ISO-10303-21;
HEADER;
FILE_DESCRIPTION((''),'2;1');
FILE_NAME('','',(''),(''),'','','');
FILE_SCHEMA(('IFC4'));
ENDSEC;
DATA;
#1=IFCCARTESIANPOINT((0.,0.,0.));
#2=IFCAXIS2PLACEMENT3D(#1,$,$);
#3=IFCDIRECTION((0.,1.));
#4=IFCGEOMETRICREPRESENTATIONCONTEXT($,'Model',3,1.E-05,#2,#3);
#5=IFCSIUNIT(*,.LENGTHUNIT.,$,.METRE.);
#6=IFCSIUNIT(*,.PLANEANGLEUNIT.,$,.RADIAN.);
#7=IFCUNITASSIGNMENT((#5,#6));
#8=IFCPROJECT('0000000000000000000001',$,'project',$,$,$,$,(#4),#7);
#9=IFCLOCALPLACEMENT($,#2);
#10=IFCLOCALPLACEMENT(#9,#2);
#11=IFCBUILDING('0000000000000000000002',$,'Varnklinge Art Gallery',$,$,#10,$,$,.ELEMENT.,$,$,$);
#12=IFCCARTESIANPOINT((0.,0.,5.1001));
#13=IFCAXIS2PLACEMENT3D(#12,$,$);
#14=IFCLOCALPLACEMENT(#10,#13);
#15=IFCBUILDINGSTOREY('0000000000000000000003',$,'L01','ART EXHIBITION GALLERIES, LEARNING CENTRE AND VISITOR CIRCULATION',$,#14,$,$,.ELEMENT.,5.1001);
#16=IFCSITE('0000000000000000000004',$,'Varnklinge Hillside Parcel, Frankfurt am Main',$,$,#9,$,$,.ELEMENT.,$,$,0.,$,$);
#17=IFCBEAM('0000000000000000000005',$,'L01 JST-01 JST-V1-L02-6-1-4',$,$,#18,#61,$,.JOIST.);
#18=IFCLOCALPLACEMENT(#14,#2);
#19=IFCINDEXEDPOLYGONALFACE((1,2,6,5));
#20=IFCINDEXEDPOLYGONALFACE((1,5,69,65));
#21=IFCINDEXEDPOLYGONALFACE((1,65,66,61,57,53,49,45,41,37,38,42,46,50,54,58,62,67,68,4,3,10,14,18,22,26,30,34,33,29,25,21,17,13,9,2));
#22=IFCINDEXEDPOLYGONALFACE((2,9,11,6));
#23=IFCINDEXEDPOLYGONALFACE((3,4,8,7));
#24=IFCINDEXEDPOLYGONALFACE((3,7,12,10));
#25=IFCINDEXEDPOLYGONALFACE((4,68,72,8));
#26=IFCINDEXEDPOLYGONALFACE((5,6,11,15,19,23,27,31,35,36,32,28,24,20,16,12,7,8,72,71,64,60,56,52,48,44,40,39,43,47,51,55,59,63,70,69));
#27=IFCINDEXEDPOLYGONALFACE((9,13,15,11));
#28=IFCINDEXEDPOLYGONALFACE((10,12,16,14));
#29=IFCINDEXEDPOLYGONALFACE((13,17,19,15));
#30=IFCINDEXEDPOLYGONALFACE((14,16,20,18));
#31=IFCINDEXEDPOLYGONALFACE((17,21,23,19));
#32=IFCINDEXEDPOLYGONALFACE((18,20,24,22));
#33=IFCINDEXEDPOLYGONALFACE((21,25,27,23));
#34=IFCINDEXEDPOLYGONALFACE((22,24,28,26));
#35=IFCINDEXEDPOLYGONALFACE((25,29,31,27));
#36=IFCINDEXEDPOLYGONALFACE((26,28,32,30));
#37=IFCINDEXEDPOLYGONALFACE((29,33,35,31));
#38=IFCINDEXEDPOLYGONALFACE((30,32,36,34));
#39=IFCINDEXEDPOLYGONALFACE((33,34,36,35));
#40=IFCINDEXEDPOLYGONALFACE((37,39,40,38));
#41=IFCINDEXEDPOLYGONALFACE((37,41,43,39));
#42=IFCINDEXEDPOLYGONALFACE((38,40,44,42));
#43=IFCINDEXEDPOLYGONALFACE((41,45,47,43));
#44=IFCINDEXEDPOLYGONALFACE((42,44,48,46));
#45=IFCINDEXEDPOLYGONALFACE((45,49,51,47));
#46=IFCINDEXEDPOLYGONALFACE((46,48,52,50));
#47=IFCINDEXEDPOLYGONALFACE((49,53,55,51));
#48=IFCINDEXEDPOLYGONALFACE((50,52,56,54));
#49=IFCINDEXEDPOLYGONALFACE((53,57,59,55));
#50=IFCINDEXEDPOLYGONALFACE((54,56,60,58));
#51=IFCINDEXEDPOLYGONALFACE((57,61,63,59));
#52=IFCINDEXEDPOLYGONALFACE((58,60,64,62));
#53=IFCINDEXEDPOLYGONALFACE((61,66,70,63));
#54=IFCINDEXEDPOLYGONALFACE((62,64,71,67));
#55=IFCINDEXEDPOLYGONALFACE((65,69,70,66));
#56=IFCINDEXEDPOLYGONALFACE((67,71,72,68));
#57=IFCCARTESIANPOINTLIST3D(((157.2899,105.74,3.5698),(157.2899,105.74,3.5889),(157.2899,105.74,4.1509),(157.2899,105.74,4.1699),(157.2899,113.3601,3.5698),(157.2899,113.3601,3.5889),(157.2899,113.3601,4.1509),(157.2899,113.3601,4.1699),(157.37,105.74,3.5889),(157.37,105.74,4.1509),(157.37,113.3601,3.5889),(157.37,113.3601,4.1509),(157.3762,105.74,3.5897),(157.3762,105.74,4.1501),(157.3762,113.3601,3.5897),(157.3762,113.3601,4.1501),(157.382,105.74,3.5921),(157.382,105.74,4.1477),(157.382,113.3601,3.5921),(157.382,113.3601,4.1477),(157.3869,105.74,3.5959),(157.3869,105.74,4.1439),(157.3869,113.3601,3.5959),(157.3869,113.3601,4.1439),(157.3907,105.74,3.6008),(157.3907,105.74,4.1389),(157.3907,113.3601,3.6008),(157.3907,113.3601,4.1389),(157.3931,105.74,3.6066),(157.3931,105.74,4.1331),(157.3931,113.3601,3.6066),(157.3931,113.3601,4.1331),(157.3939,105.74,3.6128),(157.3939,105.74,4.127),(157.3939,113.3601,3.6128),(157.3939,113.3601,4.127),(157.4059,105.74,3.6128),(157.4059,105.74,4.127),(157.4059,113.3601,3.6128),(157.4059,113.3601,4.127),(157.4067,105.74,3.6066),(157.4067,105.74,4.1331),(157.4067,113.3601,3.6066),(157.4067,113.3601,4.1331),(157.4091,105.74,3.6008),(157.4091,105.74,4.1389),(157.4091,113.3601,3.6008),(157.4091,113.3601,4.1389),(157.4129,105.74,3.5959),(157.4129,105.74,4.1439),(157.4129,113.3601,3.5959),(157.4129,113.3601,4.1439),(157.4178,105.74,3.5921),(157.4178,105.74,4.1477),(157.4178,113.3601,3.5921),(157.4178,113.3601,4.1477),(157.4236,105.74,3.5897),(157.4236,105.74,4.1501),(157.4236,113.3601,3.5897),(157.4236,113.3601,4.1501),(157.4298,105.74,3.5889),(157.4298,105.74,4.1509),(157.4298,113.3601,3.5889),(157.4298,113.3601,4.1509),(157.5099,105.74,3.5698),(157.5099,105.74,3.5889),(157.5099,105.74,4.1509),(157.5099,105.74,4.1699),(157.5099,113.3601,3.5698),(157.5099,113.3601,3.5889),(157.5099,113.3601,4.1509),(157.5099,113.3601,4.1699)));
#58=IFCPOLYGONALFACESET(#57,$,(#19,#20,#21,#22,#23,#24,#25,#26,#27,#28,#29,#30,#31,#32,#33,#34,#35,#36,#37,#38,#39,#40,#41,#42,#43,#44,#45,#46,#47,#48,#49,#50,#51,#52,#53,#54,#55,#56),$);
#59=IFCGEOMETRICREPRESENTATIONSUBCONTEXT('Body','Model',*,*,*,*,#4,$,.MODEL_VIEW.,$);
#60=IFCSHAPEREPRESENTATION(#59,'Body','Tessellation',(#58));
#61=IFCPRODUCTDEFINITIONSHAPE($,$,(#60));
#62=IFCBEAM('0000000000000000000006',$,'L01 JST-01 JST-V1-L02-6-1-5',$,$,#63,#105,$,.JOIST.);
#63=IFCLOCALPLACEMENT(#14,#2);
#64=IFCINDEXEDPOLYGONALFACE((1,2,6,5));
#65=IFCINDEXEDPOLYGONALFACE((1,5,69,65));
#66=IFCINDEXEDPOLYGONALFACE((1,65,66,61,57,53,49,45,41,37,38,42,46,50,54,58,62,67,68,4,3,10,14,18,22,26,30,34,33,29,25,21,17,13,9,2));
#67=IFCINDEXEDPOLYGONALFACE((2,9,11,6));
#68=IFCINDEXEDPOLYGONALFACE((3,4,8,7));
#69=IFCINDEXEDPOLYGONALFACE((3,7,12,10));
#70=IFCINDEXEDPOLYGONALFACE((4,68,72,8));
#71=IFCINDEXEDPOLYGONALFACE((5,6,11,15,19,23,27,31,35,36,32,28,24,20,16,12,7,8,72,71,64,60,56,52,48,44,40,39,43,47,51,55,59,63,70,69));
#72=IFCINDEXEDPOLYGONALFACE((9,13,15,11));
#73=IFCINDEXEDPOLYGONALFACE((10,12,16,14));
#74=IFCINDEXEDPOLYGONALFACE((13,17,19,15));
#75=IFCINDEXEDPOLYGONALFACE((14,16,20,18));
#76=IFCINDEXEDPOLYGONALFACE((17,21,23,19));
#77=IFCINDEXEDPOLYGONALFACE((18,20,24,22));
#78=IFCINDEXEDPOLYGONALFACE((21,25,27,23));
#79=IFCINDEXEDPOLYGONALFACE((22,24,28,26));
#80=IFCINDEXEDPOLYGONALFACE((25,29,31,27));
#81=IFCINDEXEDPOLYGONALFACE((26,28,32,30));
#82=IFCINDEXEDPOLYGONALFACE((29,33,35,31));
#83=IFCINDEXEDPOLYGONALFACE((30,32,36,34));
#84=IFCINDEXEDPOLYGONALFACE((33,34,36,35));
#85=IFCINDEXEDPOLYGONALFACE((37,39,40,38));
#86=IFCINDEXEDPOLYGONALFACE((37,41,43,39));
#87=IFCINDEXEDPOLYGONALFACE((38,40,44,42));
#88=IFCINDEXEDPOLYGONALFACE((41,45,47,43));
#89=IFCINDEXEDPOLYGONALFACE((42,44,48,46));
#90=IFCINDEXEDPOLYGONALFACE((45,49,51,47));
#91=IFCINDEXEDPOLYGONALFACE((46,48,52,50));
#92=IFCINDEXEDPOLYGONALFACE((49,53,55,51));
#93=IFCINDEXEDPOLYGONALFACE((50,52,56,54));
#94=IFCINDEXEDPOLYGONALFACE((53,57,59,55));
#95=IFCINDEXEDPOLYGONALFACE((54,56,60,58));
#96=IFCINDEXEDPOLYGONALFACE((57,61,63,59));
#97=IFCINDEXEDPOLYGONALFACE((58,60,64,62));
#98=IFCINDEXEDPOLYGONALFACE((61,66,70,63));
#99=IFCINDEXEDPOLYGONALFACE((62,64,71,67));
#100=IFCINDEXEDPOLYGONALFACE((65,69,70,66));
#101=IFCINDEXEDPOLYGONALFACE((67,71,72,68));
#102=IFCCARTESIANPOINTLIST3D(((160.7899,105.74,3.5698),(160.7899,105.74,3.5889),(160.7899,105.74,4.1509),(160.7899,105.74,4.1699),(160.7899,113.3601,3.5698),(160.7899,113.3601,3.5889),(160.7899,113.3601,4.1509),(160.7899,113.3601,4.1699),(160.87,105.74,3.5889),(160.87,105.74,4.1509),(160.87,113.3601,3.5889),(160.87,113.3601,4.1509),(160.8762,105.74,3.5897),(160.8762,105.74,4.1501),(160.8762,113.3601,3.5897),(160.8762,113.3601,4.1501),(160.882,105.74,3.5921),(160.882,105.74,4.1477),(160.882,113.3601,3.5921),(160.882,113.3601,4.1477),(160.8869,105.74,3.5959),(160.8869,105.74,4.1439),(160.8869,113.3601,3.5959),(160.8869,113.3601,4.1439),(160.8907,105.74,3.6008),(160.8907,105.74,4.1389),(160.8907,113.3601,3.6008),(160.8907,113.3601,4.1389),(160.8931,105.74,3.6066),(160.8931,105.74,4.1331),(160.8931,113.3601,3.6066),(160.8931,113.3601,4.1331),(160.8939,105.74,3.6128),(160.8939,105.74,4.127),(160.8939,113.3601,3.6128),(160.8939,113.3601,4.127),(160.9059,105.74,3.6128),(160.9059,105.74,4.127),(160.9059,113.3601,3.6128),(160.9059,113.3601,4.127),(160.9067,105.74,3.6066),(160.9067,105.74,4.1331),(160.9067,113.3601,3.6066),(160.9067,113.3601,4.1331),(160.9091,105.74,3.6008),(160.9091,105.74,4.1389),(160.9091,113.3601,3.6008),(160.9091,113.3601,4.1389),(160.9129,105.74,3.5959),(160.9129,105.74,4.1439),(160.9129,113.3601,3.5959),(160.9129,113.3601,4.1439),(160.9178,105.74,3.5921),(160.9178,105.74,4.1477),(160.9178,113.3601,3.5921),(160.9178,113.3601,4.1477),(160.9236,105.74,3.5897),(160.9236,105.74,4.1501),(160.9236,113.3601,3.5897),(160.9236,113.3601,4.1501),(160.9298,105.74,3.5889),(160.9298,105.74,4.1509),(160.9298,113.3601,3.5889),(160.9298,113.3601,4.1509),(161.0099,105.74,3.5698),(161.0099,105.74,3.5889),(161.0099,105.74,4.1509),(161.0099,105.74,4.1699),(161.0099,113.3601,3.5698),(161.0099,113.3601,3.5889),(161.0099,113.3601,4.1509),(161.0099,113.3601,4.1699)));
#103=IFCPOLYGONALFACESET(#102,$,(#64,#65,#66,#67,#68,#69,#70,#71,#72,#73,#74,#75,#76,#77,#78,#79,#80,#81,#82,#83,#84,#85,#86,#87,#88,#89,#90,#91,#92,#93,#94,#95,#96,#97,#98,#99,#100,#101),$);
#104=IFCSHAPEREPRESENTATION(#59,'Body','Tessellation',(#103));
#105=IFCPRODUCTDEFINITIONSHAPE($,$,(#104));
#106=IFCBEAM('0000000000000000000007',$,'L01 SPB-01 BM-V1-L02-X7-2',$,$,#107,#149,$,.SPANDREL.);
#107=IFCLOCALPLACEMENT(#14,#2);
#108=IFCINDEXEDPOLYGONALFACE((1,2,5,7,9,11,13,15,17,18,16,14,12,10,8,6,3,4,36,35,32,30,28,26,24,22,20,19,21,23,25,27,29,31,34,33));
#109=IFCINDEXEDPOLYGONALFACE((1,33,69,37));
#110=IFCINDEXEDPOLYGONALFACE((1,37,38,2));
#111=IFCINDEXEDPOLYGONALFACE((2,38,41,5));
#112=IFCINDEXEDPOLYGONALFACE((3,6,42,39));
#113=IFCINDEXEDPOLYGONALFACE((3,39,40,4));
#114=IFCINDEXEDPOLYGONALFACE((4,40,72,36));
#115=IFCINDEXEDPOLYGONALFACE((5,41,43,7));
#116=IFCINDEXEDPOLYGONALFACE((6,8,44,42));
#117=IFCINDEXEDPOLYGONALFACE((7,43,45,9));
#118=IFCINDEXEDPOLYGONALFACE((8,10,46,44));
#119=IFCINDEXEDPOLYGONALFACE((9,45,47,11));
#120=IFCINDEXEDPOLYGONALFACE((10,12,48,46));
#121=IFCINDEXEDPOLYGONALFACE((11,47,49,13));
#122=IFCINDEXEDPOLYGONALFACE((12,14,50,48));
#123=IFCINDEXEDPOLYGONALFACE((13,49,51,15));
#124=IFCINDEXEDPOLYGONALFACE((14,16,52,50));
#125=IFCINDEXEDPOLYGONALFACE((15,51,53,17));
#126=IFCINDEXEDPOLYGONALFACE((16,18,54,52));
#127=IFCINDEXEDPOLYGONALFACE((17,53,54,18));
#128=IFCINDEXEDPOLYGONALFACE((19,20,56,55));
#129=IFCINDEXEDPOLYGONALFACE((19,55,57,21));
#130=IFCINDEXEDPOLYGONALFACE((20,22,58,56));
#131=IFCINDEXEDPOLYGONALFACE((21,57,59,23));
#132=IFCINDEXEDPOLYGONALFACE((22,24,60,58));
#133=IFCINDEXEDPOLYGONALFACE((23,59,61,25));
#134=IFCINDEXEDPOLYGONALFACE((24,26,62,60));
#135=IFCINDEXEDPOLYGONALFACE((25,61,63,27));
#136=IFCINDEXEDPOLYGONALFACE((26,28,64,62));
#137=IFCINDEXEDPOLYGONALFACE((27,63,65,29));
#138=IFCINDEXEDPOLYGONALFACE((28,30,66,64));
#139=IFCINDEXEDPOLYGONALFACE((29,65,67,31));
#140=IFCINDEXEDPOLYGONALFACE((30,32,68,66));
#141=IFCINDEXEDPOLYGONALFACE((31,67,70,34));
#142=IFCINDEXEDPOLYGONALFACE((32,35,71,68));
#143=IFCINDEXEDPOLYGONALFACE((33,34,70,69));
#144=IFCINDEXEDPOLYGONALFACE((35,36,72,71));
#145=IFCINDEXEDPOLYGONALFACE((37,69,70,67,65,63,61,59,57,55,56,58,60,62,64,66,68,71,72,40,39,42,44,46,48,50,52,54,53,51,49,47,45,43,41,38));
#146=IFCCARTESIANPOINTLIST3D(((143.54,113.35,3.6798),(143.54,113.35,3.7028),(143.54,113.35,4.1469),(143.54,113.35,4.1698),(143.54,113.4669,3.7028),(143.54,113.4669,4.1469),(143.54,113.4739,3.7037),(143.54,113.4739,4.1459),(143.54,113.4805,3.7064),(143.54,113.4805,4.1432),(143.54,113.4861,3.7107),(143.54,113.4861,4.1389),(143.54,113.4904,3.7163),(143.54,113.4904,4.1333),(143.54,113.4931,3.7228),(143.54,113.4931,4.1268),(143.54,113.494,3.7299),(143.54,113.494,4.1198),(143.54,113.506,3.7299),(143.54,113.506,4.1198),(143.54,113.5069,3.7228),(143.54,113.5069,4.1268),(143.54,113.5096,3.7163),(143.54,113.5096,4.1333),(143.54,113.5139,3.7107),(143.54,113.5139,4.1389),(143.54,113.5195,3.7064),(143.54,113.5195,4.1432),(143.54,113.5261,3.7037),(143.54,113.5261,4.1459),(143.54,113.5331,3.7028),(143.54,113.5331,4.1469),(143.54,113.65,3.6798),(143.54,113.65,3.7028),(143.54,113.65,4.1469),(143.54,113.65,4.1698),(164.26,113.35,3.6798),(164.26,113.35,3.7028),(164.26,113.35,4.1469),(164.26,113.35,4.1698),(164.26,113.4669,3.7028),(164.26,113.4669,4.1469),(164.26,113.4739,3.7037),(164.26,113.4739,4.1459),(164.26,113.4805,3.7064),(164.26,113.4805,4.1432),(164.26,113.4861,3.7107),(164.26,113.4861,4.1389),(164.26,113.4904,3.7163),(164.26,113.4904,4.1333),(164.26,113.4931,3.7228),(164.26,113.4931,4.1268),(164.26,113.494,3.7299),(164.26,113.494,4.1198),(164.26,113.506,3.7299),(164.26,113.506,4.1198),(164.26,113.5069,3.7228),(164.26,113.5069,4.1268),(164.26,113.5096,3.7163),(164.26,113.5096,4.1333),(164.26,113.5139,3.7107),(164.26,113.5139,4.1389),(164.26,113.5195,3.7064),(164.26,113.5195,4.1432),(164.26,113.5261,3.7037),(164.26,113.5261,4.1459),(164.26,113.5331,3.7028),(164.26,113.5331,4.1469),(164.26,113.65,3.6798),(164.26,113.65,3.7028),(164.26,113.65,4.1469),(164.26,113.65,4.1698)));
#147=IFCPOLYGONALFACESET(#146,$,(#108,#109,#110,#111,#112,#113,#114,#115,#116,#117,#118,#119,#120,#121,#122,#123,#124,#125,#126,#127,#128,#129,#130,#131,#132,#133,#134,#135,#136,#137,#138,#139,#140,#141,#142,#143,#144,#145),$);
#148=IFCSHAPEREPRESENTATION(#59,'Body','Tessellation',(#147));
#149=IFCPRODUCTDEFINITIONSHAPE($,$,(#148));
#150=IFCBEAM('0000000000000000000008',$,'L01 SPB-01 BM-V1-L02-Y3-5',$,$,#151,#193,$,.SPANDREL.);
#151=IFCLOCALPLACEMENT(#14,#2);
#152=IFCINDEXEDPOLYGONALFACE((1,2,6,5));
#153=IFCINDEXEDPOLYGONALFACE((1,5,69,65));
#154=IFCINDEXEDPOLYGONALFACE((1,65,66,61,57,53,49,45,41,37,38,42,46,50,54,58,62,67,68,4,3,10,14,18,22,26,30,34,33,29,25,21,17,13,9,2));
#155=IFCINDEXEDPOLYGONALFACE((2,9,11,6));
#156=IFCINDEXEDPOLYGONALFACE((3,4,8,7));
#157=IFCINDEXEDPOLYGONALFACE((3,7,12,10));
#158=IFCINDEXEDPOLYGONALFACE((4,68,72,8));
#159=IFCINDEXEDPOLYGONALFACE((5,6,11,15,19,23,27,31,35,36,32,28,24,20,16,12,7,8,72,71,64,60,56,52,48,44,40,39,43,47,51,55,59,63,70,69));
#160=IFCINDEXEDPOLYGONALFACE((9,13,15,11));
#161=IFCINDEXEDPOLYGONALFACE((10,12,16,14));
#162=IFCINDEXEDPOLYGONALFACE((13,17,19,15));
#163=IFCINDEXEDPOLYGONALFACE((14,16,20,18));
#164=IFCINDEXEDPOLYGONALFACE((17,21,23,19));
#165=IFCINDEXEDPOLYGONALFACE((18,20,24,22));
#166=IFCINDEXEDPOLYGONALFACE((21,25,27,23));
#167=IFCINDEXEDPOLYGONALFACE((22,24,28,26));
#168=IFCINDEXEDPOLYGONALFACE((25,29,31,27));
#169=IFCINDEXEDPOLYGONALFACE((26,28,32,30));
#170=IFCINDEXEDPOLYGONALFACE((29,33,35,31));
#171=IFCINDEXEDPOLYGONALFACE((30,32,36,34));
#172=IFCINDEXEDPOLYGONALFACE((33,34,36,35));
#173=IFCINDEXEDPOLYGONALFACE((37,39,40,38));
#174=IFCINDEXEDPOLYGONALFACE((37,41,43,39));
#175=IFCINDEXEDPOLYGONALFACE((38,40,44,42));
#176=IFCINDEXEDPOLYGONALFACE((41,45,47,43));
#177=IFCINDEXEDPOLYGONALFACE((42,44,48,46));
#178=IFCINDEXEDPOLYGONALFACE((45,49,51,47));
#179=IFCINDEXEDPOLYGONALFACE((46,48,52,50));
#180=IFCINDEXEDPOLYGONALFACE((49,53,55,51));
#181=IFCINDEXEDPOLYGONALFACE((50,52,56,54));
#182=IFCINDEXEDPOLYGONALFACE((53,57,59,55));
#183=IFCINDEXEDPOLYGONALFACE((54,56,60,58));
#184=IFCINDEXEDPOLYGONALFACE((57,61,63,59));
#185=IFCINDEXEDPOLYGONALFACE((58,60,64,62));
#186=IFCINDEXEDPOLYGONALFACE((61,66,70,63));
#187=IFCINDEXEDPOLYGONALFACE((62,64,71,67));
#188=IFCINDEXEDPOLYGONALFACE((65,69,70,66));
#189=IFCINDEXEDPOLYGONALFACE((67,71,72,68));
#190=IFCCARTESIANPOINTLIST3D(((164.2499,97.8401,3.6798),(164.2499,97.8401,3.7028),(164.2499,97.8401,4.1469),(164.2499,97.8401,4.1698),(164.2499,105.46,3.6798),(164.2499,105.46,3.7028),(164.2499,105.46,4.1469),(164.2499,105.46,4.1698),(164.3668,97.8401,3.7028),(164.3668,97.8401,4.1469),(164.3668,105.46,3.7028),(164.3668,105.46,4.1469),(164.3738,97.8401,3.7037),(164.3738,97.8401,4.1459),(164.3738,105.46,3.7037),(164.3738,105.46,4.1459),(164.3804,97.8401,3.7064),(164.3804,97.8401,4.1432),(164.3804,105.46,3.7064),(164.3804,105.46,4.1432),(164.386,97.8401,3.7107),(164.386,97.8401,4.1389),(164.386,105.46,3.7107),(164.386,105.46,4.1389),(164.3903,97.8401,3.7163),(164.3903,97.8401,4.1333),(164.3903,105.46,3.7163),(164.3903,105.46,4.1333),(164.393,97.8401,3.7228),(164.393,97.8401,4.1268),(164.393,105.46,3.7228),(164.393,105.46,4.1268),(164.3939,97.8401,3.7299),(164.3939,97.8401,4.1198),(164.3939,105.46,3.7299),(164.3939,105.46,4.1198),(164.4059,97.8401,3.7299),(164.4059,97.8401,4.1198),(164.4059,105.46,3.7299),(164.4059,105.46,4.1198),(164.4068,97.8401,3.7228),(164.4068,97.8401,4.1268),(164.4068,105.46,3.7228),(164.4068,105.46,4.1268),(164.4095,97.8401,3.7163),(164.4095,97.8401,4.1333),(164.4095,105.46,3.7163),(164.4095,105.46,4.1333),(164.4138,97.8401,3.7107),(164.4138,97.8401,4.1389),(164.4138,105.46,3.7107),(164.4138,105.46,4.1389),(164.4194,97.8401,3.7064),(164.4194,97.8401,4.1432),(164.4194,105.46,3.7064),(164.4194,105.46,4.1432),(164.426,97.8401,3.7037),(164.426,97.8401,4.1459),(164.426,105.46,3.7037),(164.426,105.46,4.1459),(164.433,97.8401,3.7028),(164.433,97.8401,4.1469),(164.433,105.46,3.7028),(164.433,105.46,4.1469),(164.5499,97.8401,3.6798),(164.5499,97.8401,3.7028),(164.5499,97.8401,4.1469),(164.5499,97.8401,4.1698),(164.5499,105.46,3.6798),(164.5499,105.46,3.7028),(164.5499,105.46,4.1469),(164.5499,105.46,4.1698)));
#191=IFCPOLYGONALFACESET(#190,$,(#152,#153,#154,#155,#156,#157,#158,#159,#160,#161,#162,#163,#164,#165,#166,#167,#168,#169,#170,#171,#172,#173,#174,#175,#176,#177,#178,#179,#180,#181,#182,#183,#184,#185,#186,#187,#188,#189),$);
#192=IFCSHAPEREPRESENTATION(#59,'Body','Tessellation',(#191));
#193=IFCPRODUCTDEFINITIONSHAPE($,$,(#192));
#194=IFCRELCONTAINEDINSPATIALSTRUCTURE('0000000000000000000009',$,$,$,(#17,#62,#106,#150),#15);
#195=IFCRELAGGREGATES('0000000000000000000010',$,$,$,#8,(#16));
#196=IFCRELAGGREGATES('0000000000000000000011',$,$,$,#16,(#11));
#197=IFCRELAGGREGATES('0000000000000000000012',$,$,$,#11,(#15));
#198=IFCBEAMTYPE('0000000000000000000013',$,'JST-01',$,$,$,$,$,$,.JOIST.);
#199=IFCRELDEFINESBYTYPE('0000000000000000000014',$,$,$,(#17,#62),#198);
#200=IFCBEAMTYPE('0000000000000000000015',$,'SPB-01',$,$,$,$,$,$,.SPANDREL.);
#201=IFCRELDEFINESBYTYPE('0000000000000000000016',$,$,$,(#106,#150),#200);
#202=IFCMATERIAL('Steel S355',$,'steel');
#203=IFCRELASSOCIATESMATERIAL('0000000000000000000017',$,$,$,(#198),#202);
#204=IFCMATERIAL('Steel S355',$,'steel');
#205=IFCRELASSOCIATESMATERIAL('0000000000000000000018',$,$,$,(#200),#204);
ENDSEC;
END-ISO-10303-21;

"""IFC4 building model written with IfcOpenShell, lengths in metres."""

from ifc_helpers import new_model, si_unit, direction, frame, origin, origin_2d, place, context, subcontext, project, spatial, i_section, extrude, material, material_profile, profile_set, type_object, element, save


model = new_model("IFC4")

# Units and contexts
model_context = context("Model", 3, precision=1e-05, world=origin(), true_north=direction((0.0, 1.0)))
body_context = subcontext(model_context, "Body", "Model", "MODEL_VIEW")
ifc_project = project(units=[si_unit("LENGTHUNIT", "METRE"), si_unit("PLANEANGLEUNIT", "RADIAN")], contexts=[model_context])

# Site, building, storey
site_placement = place(None, origin())
site = spatial("IfcSite", under=ifc_project, at=site_placement, Name="Varnklinge Hillside Parcel, Frankfurt am Main", CompositionType="ELEMENT", RefElevation=0.0)
building_placement = place(site_placement, origin())
building = spatial("IfcBuilding", under=site, at=building_placement, Name="Varnklinge Art Gallery", CompositionType="ELEMENT")
storey_placement = place(building_placement, frame((0.0, 0.0, 5.1001)))
storey = spatial("IfcBuildingStorey", under=building, at=storey_placement, Name="L01", Description="ART EXHIBITION GALLERIES, LEARNING CENTRE AND VISITOR CIRCULATION", CompositionType="ELEMENT", Elevation=5.1001)

# Beams
ifc_material_1 = material(Name="Steel S355", Category="steel")
ifc_material_profile_1 = material_profile(ifc_material_1, i_section(OverallWidth=0.22, OverallDepth=0.6001, WebThickness=0.012, FlangeThickness=0.019, FilletRadius=0.0239, at=origin_2d()), Name="IPE 600")
ifc_profile_set_1 = profile_set([ifc_material_profile_1], Name="Steel S355")
beam_type_1 = type_object("IfcBeamType", Name="JST-01", PredefinedType="JOIST", material=ifc_profile_set_1)
for number, where, z_axis, x_axis, name in (
    (1, (157.3999, 105.74, 3.8699), (0.0, 1.0, 0.0), (-1.0, 0.0, 0.0), "L01 JST-01 JST-V1-L02-6-1-4"),
    (2, (160.8999, 105.74, 3.8699), (0.0, 1.0, 0.0), (-1.0, 0.0, 0.0), "L01 JST-01 JST-V1-L02-6-1-5"),
):
    element("IfcBeam", number, at=place(storey_placement, frame(where, z_axis=z_axis, x_axis=x_axis)), inside=storey, type_object=beam_type_1, Name=name, PredefinedType="JOIST", context=body_context, shape_type="SweptSolid", body=[
        extrude(i_section(OverallWidth=0.22, OverallDepth=0.6001, WebThickness=0.012, FlangeThickness=0.019, FilletRadius=0.0239, at=origin_2d()), origin(), (0.0, 0.0, 1.0), 7.6201),
    ])
ifc_material_2 = material(Name="Steel S355", Category="steel")
ifc_material_profile_2 = material_profile(ifc_material_2, i_section(OverallWidth=0.3, OverallDepth=0.49, WebThickness=0.012, FlangeThickness=0.0229, FilletRadius=0.0271, at=origin_2d()), Name="HEA 500")
ifc_profile_set_2 = profile_set([ifc_material_profile_2], Name="Steel S355")
beam_type_2 = type_object("IfcBeamType", Name="SPB-01", PredefinedType="SPANDREL", material=ifc_profile_set_2)
beam_1_placement = place(storey_placement, frame((143.54, 113.5, 3.9248), z_axis=(1.0, 0.0, 0.0), x_axis=(0.0, 1.0, 0.0)))
element("IfcBeam", 3, at=beam_1_placement, inside=storey, type_object=beam_type_2, Name="L01 SPB-01 BM-V1-L02-X7-2", PredefinedType="SPANDREL", context=body_context, shape_type="SweptSolid", body=[
    extrude(i_section(OverallWidth=0.3, OverallDepth=0.49, WebThickness=0.012, FlangeThickness=0.0229, FilletRadius=0.0271, at=origin_2d()), origin(), (0.0, 0.0, 1.0), 20.72),
])
beam_2_placement = place(storey_placement, frame((164.3999, 97.8401, 3.9248), z_axis=(0.0, 1.0, 0.0), x_axis=(-1.0, 0.0, 0.0)))
element("IfcBeam", 4, at=beam_2_placement, inside=storey, type_object=beam_type_2, Name="L01 SPB-01 BM-V1-L02-Y3-5", PredefinedType="SPANDREL", context=body_context, shape_type="SweptSolid", body=[
    extrude(i_section(OverallWidth=0.3, OverallDepth=0.49, WebThickness=0.012, FlangeThickness=0.0229, FilletRadius=0.0271, at=origin_2d()), origin(), (0.0, 0.0, 1.0), 7.6199),
])

save(model, "model.ifc")
